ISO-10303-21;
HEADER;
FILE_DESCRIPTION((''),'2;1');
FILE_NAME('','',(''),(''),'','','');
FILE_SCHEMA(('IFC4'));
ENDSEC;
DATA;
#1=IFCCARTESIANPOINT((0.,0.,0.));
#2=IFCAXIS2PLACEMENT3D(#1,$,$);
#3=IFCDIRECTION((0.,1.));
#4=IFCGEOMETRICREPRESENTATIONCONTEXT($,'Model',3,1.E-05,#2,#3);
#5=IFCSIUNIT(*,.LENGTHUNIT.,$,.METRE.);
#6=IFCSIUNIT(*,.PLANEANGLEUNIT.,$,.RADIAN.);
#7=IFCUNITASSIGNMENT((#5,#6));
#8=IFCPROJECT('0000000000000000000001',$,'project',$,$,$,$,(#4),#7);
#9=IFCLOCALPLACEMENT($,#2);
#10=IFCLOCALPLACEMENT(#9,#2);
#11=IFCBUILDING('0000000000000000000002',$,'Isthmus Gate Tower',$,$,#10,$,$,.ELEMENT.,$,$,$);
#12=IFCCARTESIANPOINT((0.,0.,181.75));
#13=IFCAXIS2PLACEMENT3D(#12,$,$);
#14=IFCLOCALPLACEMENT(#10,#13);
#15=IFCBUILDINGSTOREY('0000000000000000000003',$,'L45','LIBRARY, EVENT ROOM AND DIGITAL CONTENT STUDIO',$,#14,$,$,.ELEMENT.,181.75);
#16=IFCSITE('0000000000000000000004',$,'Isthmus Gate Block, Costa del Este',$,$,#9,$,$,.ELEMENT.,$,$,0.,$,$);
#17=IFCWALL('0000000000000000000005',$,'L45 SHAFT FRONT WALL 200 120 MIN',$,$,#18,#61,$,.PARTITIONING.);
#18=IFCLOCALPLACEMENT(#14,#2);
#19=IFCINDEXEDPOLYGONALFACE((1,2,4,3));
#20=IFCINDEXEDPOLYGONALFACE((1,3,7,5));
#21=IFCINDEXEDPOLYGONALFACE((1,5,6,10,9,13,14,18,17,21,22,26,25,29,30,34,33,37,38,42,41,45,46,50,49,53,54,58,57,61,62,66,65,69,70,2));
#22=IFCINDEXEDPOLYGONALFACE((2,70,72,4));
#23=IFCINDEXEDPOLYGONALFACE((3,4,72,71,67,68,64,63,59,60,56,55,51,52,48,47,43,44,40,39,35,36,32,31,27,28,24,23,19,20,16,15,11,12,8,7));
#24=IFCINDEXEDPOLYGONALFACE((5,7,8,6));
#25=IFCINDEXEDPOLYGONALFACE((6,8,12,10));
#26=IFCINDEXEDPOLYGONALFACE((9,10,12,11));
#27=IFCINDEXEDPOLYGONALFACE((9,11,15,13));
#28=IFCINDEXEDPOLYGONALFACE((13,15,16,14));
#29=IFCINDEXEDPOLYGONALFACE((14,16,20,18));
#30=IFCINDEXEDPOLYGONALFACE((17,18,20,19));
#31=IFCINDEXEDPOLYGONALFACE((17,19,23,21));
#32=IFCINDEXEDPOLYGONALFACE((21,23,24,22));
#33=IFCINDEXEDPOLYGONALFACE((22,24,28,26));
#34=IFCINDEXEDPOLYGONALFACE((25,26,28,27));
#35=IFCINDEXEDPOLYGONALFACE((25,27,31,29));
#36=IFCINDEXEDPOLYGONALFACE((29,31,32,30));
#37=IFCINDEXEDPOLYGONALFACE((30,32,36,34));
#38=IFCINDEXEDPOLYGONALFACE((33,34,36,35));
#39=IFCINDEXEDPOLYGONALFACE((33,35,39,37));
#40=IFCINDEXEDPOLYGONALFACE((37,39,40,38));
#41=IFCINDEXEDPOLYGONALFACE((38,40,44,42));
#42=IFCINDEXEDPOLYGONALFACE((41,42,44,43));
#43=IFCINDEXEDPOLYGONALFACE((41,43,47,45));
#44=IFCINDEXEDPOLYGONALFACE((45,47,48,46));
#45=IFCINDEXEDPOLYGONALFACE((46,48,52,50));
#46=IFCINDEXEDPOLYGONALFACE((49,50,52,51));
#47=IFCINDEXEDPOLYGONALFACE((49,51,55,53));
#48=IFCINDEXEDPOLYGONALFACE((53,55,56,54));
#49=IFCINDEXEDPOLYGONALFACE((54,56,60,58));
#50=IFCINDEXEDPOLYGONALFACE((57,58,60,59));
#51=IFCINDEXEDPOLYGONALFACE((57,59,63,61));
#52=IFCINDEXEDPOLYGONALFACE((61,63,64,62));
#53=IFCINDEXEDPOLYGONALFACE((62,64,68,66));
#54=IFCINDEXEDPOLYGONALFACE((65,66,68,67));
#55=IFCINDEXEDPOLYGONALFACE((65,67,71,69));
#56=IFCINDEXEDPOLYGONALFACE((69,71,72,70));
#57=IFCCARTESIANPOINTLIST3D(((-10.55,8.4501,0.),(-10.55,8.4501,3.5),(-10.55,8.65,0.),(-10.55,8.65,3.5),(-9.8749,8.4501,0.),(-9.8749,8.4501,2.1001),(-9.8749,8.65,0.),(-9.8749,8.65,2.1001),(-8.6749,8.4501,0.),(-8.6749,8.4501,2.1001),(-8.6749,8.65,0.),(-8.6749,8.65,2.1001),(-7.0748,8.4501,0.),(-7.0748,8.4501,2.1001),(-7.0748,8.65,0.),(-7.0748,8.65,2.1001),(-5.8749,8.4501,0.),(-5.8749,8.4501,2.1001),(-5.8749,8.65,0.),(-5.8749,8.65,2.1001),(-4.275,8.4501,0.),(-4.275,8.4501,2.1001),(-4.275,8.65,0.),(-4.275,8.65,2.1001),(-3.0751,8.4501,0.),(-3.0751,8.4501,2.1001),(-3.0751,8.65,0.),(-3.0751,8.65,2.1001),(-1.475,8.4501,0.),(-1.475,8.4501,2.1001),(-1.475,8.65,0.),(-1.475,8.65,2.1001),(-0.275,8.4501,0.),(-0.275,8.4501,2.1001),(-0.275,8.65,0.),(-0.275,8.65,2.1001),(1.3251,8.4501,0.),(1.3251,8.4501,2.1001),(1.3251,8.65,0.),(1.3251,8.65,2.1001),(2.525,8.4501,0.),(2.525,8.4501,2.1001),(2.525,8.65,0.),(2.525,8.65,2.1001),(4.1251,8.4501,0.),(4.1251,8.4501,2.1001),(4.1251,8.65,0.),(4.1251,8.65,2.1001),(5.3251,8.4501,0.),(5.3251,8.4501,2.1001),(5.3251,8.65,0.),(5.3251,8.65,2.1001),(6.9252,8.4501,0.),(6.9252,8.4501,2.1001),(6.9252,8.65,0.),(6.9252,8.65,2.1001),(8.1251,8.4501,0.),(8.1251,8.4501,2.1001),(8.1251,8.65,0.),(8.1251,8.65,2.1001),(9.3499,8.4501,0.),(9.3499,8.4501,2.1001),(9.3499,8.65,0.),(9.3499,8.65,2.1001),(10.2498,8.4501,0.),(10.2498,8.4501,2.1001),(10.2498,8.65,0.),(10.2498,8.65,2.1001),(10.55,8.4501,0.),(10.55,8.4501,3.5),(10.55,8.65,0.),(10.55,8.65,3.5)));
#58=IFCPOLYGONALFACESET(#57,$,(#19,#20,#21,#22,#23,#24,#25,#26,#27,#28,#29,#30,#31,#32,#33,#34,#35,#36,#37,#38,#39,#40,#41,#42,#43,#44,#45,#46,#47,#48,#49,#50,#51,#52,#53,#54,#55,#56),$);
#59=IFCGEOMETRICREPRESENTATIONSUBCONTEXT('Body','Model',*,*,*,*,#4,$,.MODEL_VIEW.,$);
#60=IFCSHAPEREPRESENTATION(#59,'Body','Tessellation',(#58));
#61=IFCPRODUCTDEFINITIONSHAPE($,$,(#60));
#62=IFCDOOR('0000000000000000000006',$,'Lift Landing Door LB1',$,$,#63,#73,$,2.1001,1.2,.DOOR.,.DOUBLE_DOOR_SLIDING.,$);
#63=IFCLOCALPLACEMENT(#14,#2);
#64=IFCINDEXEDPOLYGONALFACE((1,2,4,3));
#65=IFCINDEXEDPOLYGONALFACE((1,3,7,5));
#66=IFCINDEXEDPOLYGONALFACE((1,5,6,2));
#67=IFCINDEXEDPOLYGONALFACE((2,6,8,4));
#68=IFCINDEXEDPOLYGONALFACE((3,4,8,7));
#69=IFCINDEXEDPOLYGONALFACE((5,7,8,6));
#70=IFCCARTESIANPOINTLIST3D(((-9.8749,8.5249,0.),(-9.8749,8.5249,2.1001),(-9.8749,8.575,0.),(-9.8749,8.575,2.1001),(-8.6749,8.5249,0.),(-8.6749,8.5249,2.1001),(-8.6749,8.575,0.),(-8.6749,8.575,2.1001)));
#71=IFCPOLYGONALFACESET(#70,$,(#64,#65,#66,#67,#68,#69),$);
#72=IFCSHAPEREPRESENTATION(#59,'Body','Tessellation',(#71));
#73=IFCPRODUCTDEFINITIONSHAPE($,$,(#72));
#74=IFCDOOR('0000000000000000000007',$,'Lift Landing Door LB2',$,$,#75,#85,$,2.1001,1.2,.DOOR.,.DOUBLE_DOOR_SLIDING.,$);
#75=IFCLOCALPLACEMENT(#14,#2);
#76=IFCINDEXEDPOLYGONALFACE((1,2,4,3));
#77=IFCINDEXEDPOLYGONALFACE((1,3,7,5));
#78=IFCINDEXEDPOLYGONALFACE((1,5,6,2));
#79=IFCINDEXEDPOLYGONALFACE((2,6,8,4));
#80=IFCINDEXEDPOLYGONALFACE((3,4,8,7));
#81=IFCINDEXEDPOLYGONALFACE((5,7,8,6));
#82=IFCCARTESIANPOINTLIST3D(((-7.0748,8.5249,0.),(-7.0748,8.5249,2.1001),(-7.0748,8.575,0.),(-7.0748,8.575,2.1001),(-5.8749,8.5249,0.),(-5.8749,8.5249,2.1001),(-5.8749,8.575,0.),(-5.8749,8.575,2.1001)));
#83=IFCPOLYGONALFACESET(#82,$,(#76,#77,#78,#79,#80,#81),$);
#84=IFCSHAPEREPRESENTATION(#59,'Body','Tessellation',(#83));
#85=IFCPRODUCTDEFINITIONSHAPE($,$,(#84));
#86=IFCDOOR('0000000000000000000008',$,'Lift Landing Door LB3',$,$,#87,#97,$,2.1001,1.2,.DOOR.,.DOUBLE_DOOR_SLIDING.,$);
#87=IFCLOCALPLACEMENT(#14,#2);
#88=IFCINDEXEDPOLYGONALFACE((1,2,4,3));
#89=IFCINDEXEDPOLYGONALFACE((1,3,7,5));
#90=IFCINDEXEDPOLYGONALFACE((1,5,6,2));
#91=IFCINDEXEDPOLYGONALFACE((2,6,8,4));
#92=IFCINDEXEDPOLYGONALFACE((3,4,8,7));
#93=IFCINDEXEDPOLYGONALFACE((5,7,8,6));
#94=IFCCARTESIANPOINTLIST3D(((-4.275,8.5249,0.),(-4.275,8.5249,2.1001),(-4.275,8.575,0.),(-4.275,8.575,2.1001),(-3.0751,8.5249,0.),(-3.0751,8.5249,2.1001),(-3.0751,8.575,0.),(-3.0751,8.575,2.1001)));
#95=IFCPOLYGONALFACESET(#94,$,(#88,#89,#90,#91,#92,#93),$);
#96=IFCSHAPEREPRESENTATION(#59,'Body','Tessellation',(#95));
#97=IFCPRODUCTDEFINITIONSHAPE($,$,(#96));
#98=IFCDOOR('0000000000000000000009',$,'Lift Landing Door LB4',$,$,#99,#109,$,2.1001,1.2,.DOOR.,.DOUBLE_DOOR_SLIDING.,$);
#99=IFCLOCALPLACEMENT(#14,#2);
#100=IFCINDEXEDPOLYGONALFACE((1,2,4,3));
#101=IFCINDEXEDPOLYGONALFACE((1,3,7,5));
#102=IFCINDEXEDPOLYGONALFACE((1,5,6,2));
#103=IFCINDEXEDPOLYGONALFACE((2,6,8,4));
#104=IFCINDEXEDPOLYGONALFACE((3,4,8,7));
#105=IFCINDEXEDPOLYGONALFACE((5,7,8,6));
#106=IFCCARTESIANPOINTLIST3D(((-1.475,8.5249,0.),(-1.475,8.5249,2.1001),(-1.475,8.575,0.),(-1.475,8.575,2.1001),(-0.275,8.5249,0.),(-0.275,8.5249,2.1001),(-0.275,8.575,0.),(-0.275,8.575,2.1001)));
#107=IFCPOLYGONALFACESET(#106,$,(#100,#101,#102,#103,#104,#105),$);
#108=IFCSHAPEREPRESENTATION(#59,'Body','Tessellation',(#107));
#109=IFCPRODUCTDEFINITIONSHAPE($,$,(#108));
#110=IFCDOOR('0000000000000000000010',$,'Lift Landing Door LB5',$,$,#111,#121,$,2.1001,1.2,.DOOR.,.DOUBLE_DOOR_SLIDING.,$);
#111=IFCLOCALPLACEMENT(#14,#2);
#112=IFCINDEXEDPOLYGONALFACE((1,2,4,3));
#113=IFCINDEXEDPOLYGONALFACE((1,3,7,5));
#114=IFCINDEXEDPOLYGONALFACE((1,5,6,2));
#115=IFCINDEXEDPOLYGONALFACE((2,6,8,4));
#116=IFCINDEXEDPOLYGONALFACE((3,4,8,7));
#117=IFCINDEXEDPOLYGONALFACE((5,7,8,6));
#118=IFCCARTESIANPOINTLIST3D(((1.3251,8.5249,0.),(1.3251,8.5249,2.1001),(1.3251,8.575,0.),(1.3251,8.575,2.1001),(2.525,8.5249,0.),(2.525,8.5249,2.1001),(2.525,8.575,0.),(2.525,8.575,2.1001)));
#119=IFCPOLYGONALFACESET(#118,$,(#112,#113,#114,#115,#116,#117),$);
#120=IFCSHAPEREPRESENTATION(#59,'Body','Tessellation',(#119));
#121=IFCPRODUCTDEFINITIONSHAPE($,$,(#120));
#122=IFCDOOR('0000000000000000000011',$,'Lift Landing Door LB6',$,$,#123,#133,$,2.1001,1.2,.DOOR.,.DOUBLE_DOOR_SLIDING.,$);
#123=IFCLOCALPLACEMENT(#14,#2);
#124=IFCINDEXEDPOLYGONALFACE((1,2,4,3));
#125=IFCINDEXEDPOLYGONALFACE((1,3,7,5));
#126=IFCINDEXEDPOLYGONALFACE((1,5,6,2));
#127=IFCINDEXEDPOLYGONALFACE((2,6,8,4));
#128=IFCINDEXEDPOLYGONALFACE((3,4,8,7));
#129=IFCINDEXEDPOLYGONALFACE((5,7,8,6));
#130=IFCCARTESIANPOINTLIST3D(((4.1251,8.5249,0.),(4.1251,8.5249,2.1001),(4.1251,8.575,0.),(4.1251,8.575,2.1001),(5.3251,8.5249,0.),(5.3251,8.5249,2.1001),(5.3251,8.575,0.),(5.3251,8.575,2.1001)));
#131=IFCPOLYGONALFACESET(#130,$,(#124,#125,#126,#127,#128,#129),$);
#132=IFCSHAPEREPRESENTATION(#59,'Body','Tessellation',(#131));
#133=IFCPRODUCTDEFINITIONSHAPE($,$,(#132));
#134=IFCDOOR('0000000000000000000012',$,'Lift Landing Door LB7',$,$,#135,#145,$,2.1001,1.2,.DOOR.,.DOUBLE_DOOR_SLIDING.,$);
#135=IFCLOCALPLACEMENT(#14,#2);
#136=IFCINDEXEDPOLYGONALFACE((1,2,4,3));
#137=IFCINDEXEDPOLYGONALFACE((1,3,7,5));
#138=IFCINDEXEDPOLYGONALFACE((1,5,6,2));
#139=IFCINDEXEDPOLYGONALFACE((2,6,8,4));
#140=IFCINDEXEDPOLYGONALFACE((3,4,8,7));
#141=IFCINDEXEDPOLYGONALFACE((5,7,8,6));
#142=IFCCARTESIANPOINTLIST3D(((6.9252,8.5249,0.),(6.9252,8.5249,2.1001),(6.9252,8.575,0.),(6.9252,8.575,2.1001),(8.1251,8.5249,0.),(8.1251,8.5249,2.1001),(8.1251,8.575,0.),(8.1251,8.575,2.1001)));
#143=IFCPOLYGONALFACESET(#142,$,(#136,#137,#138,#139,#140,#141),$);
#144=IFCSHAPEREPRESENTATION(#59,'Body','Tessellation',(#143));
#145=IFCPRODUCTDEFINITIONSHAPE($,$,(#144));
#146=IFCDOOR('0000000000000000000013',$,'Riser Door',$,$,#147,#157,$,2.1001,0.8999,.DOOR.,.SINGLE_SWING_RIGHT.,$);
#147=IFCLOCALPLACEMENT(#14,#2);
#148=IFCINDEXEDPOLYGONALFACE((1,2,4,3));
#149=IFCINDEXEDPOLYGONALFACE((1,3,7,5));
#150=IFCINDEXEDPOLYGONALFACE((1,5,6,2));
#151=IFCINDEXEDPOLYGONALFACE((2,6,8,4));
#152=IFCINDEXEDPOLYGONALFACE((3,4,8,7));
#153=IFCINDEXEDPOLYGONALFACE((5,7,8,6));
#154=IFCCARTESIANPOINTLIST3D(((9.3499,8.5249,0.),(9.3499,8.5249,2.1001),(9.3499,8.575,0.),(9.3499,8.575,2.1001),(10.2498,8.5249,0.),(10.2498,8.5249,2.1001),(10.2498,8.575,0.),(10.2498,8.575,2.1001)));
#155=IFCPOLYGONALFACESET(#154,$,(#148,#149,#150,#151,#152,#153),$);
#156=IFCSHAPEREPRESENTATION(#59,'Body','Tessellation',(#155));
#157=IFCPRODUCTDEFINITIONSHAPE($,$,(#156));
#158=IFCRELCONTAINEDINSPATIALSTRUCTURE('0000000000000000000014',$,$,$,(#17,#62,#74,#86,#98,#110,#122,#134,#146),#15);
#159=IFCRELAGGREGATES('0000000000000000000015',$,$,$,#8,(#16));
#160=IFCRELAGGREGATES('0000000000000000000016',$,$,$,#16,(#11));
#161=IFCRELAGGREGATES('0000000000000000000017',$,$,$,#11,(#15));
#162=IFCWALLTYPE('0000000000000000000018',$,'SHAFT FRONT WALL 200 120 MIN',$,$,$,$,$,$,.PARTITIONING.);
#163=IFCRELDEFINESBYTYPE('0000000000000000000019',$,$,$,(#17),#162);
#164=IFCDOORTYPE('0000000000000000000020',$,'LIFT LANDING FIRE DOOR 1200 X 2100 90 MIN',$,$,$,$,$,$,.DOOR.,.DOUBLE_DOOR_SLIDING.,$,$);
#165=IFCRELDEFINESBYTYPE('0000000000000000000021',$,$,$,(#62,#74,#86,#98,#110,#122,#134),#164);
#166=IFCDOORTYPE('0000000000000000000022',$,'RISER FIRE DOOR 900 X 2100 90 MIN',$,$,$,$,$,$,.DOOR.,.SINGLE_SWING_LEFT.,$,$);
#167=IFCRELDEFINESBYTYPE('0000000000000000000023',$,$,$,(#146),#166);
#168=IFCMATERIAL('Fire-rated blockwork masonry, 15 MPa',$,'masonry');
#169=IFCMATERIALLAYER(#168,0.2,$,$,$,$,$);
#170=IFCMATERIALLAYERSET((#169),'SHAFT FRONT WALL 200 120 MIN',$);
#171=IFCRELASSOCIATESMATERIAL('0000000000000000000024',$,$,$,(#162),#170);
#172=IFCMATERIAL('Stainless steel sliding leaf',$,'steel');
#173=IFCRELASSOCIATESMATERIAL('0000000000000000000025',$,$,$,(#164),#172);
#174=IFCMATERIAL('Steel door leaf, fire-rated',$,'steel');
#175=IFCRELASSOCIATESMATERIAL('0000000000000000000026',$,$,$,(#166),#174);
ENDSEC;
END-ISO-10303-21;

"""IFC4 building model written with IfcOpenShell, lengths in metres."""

from ifc_helpers import new_model, si_unit, direction, frame, frame_2d, origin, place, context, subcontext, project, spatial, rectangle, extrude, material, layer, layer_set, type_object, element, fill, save


model = new_model("IFC4")

# Units and contexts
model_context = context("Model", 3, precision=1e-05, world=origin(), true_north=direction((0.0, 1.0)))
body_context = subcontext(model_context, "Body", "Model", "MODEL_VIEW")
ifc_project = project(units=[si_unit("LENGTHUNIT", "METRE"), si_unit("PLANEANGLEUNIT", "RADIAN")], contexts=[model_context])

# Site, building, storey
site_placement = place(None, origin())
site = spatial("IfcSite", under=ifc_project, at=site_placement, Name="Isthmus Gate Block, Costa del Este", CompositionType="ELEMENT", RefElevation=0.0)
building_placement = place(site_placement, origin())
building = spatial("IfcBuilding", under=site, at=building_placement, Name="Isthmus Gate Tower", CompositionType="ELEMENT")
storey_placement = place(building_placement, frame((0.0, 0.0, 181.75)))
storey = spatial("IfcBuildingStorey", under=building, at=storey_placement, Name="L45", Description="LIBRARY, EVENT ROOM AND DIGITAL CONTENT STUDIO", CompositionType="ELEMENT", Elevation=181.75)

# Wall, openings, doors
ifc_material_1 = material(Name="Fire-rated blockwork masonry, 15 MPa", Category="masonry")
ifc_layer_1 = layer(ifc_material_1, 0.2)
ifc_layer_set_1 = layer_set([ifc_layer_1], Name="SHAFT FRONT WALL 200 120 MIN")
wall_type_1 = type_object("IfcWallType", Name="SHAFT FRONT WALL 200 120 MIN", PredefinedType="PARTITIONING", material=ifc_layer_set_1)
wall_1_placement = place(storey_placement, frame((-10.55, 8.55, 0.0), z_axis=(0.0, 0.0, 1.0), x_axis=(1.0, 0.0, 0.0)))
wall_1 = element("IfcWall", 1, at=wall_1_placement, inside=storey, type_object=wall_type_1, Name="L45 SHAFT FRONT WALL 200 120 MIN", PredefinedType="PARTITIONING", context=body_context, shape_type="SweptSolid", body=[
    extrude(rectangle(XDim=21.1001, YDim=0.2, at=frame_2d((10.55, 0.0))), origin(), (0.0, 0.0, 1.0), 3.5),
])
opening_1_placement = place(wall_1_placement, frame((0.675, 0.0, 0.0)))
opening_1 = element("IfcOpeningElement", 2, at=opening_1_placement, cuts=wall_1, PredefinedType="OPENING", context=body_context, shape_type="SweptSolid", body=[
    extrude(rectangle(XDim=1.2, YDim=2.1001, at=frame_2d((0.6001, 1.05))), frame((0.0, 0.1099, 0.0), z_axis=(0.0, -1.0, 0.0), x_axis=(1.0, 0.0, 0.0)), (0.0, 0.0, 1.0), 0.22),
])
opening_2_placement = place(wall_1_placement, frame((3.4751, 0.0, 0.0)))
opening_2 = element("IfcOpeningElement", 3, at=opening_2_placement, cuts=wall_1, PredefinedType="OPENING", context=body_context, shape_type="SweptSolid", body=[
    extrude(rectangle(XDim=1.2, YDim=2.1001, at=frame_2d((0.6001, 1.05))), frame((0.0, 0.1099, 0.0), z_axis=(0.0, -1.0, 0.0), x_axis=(1.0, 0.0, 0.0)), (0.0, 0.0, 1.0), 0.22),
])
opening_3_placement = place(wall_1_placement, frame((6.2749, 0.0, 0.0)))
opening_3 = element("IfcOpeningElement", 4, at=opening_3_placement, cuts=wall_1, PredefinedType="OPENING", context=body_context, shape_type="SweptSolid", body=[
    extrude(rectangle(XDim=1.2, YDim=2.1001, at=frame_2d((0.6001, 1.05))), frame((0.0, 0.1099, 0.0), z_axis=(0.0, -1.0, 0.0), x_axis=(1.0, 0.0, 0.0)), (0.0, 0.0, 1.0), 0.22),
])
opening_4_placement = place(wall_1_placement, frame((9.075, 0.0, 0.0)))
opening_4 = element("IfcOpeningElement", 5, at=opening_4_placement, cuts=wall_1, PredefinedType="OPENING", context=body_context, shape_type="SweptSolid", body=[
    extrude(rectangle(XDim=1.2, YDim=2.1001, at=frame_2d((0.6001, 1.05))), frame((0.0, 0.1099, 0.0), z_axis=(0.0, -1.0, 0.0), x_axis=(1.0, 0.0, 0.0)), (0.0, 0.0, 1.0), 0.22),
])
opening_5_placement = place(wall_1_placement, frame((11.875, 0.0, 0.0)))
opening_5 = element("IfcOpeningElement", 6, at=opening_5_placement, cuts=wall_1, PredefinedType="OPENING", context=body_context, shape_type="SweptSolid", body=[
    extrude(rectangle(XDim=1.2, YDim=2.1001, at=frame_2d((0.6001, 1.05))), frame((0.0, 0.1099, 0.0), z_axis=(0.0, -1.0, 0.0), x_axis=(1.0, 0.0, 0.0)), (0.0, 0.0, 1.0), 0.22),
])
opening_6_placement = place(wall_1_placement, frame((14.675, 0.0, 0.0)))
opening_6 = element("IfcOpeningElement", 7, at=opening_6_placement, cuts=wall_1, PredefinedType="OPENING", context=body_context, shape_type="SweptSolid", body=[
    extrude(rectangle(XDim=1.2, YDim=2.1001, at=frame_2d((0.6001, 1.05))), frame((0.0, 0.1099, 0.0), z_axis=(0.0, -1.0, 0.0), x_axis=(1.0, 0.0, 0.0)), (0.0, 0.0, 1.0), 0.22),
])
opening_7_placement = place(wall_1_placement, frame((17.4751, 0.0, 0.0)))
opening_7 = element("IfcOpeningElement", 8, at=opening_7_placement, cuts=wall_1, PredefinedType="OPENING", context=body_context, shape_type="SweptSolid", body=[
    extrude(rectangle(XDim=1.2, YDim=2.1001, at=frame_2d((0.6001, 1.05))), frame((0.0, 0.1099, 0.0), z_axis=(0.0, -1.0, 0.0), x_axis=(1.0, 0.0, 0.0)), (0.0, 0.0, 1.0), 0.22),
])
opening_8_placement = place(wall_1_placement, frame((19.8999, 0.0, 0.0)))
opening_8 = element("IfcOpeningElement", 9, at=opening_8_placement, cuts=wall_1, PredefinedType="OPENING", context=body_context, shape_type="SweptSolid", body=[
    extrude(rectangle(XDim=0.8999, YDim=2.1001, at=frame_2d((0.45, 1.05))), frame((0.0, 0.1099, 0.0), z_axis=(0.0, -1.0, 0.0), x_axis=(1.0, 0.0, 0.0)), (0.0, 0.0, 1.0), 0.22),
])
ifc_material_2 = material(Name="Stainless steel sliding leaf", Category="steel")
door_type_1 = type_object("IfcDoorType", Name="LIFT LANDING FIRE DOOR 1200 X 2100 90 MIN", OperationType="DOUBLE_DOOR_SLIDING", PredefinedType="DOOR", material=ifc_material_2)
door_1_placement = place(opening_1_placement, origin())
door_1 = element("IfcDoor", 10, at=door_1_placement, inside=storey, type_object=door_type_1, Name="Lift Landing Door LB1", OperationType="DOUBLE_DOOR_SLIDING", OverallHeight=2.1001, OverallWidth=1.2, PredefinedType="DOOR", context=body_context, shape_type="SweptSolid", body=[
    extrude(rectangle(XDim=1.2, YDim=2.1001, at=frame_2d((0.6001, 1.05))), frame((0.0, 0.0249, 0.0), z_axis=(0.0, -1.0, 0.0), x_axis=(1.0, 0.0, 0.0)), (0.0, 0.0, 1.0), 0.05),
])
fill(opening_1, door_1)
door_2_placement = place(opening_2_placement, origin())
door_2 = element("IfcDoor", 11, at=door_2_placement, inside=storey, type_object=door_type_1, Name="Lift Landing Door LB2", OperationType="DOUBLE_DOOR_SLIDING", OverallHeight=2.1001, OverallWidth=1.2, PredefinedType="DOOR", context=body_context, shape_type="SweptSolid", body=[
    extrude(rectangle(XDim=1.2, YDim=2.1001, at=frame_2d((0.6001, 1.05))), frame((0.0, 0.0249, 0.0), z_axis=(0.0, -1.0, 0.0), x_axis=(1.0, 0.0, 0.0)), (0.0, 0.0, 1.0), 0.05),
])
fill(opening_2, door_2)
door_3_placement = place(opening_3_placement, origin())
door_3 = element("IfcDoor", 12, at=door_3_placement, inside=storey, type_object=door_type_1, Name="Lift Landing Door LB3", OperationType="DOUBLE_DOOR_SLIDING", OverallHeight=2.1001, OverallWidth=1.2, PredefinedType="DOOR", context=body_context, shape_type="SweptSolid", body=[
    extrude(rectangle(XDim=1.2, YDim=2.1001, at=frame_2d((0.6001, 1.05))), frame((0.0, 0.0249, 0.0), z_axis=(0.0, -1.0, 0.0), x_axis=(1.0, 0.0, 0.0)), (0.0, 0.0, 1.0), 0.05),
])
fill(opening_3, door_3)
door_4_placement = place(opening_4_placement, origin())
door_4 = element("IfcDoor", 13, at=door_4_placement, inside=storey, type_object=door_type_1, Name="Lift Landing Door LB4", OperationType="DOUBLE_DOOR_SLIDING", OverallHeight=2.1001, OverallWidth=1.2, PredefinedType="DOOR", context=body_context, shape_type="SweptSolid", body=[
    extrude(rectangle(XDim=1.2, YDim=2.1001, at=frame_2d((0.6001, 1.05))), frame((0.0, 0.0249, 0.0), z_axis=(0.0, -1.0, 0.0), x_axis=(1.0, 0.0, 0.0)), (0.0, 0.0, 1.0), 0.05),
])
fill(opening_4, door_4)
door_5_placement = place(opening_5_placement, origin())
door_5 = element("IfcDoor", 14, at=door_5_placement, inside=storey, type_object=door_type_1, Name="Lift Landing Door LB5", OperationType="DOUBLE_DOOR_SLIDING", OverallHeight=2.1001, OverallWidth=1.2, PredefinedType="DOOR", context=body_context, shape_type="SweptSolid", body=[
    extrude(rectangle(XDim=1.2, YDim=2.1001, at=frame_2d((0.6001, 1.05))), frame((0.0, 0.0249, 0.0), z_axis=(0.0, -1.0, 0.0), x_axis=(1.0, 0.0, 0.0)), (0.0, 0.0, 1.0), 0.05),
])
fill(opening_5, door_5)
door_6_placement = place(opening_6_placement, origin())
door_6 = element("IfcDoor", 15, at=door_6_placement, inside=storey, type_object=door_type_1, Name="Lift Landing Door LB6", OperationType="DOUBLE_DOOR_SLIDING", OverallHeight=2.1001, OverallWidth=1.2, PredefinedType="DOOR", context=body_context, shape_type="SweptSolid", body=[
    extrude(rectangle(XDim=1.2, YDim=2.1001, at=frame_2d((0.6001, 1.05))), frame((0.0, 0.0249, 0.0), z_axis=(0.0, -1.0, 0.0), x_axis=(1.0, 0.0, 0.0)), (0.0, 0.0, 1.0), 0.05),
])
fill(opening_6, door_6)
door_7_placement = place(opening_7_placement, origin())
door_7 = element("IfcDoor", 16, at=door_7_placement, inside=storey, type_object=door_type_1, Name="Lift Landing Door LB7", OperationType="DOUBLE_DOOR_SLIDING", OverallHeight=2.1001, OverallWidth=1.2, PredefinedType="DOOR", context=body_context, shape_type="SweptSolid", body=[
    extrude(rectangle(XDim=1.2, YDim=2.1001, at=frame_2d((0.6001, 1.05))), frame((0.0, 0.0249, 0.0), z_axis=(0.0, -1.0, 0.0), x_axis=(1.0, 0.0, 0.0)), (0.0, 0.0, 1.0), 0.05),
])
fill(opening_7, door_7)
ifc_material_3 = material(Name="Steel door leaf, fire-rated", Category="steel")
door_type_2 = type_object("IfcDoorType", Name="RISER FIRE DOOR 900 X 2100 90 MIN", OperationType="SINGLE_SWING_LEFT", PredefinedType="DOOR", material=ifc_material_3)
door_8_placement = place(opening_8_placement, origin())
door_8 = element("IfcDoor", 17, at=door_8_placement, inside=storey, type_object=door_type_2, Name="Riser Door", OperationType="SINGLE_SWING_RIGHT", OverallHeight=2.1001, OverallWidth=0.8999, PredefinedType="DOOR", context=body_context, shape_type="SweptSolid", body=[
    extrude(rectangle(XDim=0.8999, YDim=2.1001, at=frame_2d((0.45, 1.05))), frame((0.0, 0.0249, 0.0), z_axis=(0.0, -1.0, 0.0), x_axis=(1.0, 0.0, 0.0)), (0.0, 0.0, 1.0), 0.05),
])
fill(opening_8, door_8)

save(model, "model.ifc")
